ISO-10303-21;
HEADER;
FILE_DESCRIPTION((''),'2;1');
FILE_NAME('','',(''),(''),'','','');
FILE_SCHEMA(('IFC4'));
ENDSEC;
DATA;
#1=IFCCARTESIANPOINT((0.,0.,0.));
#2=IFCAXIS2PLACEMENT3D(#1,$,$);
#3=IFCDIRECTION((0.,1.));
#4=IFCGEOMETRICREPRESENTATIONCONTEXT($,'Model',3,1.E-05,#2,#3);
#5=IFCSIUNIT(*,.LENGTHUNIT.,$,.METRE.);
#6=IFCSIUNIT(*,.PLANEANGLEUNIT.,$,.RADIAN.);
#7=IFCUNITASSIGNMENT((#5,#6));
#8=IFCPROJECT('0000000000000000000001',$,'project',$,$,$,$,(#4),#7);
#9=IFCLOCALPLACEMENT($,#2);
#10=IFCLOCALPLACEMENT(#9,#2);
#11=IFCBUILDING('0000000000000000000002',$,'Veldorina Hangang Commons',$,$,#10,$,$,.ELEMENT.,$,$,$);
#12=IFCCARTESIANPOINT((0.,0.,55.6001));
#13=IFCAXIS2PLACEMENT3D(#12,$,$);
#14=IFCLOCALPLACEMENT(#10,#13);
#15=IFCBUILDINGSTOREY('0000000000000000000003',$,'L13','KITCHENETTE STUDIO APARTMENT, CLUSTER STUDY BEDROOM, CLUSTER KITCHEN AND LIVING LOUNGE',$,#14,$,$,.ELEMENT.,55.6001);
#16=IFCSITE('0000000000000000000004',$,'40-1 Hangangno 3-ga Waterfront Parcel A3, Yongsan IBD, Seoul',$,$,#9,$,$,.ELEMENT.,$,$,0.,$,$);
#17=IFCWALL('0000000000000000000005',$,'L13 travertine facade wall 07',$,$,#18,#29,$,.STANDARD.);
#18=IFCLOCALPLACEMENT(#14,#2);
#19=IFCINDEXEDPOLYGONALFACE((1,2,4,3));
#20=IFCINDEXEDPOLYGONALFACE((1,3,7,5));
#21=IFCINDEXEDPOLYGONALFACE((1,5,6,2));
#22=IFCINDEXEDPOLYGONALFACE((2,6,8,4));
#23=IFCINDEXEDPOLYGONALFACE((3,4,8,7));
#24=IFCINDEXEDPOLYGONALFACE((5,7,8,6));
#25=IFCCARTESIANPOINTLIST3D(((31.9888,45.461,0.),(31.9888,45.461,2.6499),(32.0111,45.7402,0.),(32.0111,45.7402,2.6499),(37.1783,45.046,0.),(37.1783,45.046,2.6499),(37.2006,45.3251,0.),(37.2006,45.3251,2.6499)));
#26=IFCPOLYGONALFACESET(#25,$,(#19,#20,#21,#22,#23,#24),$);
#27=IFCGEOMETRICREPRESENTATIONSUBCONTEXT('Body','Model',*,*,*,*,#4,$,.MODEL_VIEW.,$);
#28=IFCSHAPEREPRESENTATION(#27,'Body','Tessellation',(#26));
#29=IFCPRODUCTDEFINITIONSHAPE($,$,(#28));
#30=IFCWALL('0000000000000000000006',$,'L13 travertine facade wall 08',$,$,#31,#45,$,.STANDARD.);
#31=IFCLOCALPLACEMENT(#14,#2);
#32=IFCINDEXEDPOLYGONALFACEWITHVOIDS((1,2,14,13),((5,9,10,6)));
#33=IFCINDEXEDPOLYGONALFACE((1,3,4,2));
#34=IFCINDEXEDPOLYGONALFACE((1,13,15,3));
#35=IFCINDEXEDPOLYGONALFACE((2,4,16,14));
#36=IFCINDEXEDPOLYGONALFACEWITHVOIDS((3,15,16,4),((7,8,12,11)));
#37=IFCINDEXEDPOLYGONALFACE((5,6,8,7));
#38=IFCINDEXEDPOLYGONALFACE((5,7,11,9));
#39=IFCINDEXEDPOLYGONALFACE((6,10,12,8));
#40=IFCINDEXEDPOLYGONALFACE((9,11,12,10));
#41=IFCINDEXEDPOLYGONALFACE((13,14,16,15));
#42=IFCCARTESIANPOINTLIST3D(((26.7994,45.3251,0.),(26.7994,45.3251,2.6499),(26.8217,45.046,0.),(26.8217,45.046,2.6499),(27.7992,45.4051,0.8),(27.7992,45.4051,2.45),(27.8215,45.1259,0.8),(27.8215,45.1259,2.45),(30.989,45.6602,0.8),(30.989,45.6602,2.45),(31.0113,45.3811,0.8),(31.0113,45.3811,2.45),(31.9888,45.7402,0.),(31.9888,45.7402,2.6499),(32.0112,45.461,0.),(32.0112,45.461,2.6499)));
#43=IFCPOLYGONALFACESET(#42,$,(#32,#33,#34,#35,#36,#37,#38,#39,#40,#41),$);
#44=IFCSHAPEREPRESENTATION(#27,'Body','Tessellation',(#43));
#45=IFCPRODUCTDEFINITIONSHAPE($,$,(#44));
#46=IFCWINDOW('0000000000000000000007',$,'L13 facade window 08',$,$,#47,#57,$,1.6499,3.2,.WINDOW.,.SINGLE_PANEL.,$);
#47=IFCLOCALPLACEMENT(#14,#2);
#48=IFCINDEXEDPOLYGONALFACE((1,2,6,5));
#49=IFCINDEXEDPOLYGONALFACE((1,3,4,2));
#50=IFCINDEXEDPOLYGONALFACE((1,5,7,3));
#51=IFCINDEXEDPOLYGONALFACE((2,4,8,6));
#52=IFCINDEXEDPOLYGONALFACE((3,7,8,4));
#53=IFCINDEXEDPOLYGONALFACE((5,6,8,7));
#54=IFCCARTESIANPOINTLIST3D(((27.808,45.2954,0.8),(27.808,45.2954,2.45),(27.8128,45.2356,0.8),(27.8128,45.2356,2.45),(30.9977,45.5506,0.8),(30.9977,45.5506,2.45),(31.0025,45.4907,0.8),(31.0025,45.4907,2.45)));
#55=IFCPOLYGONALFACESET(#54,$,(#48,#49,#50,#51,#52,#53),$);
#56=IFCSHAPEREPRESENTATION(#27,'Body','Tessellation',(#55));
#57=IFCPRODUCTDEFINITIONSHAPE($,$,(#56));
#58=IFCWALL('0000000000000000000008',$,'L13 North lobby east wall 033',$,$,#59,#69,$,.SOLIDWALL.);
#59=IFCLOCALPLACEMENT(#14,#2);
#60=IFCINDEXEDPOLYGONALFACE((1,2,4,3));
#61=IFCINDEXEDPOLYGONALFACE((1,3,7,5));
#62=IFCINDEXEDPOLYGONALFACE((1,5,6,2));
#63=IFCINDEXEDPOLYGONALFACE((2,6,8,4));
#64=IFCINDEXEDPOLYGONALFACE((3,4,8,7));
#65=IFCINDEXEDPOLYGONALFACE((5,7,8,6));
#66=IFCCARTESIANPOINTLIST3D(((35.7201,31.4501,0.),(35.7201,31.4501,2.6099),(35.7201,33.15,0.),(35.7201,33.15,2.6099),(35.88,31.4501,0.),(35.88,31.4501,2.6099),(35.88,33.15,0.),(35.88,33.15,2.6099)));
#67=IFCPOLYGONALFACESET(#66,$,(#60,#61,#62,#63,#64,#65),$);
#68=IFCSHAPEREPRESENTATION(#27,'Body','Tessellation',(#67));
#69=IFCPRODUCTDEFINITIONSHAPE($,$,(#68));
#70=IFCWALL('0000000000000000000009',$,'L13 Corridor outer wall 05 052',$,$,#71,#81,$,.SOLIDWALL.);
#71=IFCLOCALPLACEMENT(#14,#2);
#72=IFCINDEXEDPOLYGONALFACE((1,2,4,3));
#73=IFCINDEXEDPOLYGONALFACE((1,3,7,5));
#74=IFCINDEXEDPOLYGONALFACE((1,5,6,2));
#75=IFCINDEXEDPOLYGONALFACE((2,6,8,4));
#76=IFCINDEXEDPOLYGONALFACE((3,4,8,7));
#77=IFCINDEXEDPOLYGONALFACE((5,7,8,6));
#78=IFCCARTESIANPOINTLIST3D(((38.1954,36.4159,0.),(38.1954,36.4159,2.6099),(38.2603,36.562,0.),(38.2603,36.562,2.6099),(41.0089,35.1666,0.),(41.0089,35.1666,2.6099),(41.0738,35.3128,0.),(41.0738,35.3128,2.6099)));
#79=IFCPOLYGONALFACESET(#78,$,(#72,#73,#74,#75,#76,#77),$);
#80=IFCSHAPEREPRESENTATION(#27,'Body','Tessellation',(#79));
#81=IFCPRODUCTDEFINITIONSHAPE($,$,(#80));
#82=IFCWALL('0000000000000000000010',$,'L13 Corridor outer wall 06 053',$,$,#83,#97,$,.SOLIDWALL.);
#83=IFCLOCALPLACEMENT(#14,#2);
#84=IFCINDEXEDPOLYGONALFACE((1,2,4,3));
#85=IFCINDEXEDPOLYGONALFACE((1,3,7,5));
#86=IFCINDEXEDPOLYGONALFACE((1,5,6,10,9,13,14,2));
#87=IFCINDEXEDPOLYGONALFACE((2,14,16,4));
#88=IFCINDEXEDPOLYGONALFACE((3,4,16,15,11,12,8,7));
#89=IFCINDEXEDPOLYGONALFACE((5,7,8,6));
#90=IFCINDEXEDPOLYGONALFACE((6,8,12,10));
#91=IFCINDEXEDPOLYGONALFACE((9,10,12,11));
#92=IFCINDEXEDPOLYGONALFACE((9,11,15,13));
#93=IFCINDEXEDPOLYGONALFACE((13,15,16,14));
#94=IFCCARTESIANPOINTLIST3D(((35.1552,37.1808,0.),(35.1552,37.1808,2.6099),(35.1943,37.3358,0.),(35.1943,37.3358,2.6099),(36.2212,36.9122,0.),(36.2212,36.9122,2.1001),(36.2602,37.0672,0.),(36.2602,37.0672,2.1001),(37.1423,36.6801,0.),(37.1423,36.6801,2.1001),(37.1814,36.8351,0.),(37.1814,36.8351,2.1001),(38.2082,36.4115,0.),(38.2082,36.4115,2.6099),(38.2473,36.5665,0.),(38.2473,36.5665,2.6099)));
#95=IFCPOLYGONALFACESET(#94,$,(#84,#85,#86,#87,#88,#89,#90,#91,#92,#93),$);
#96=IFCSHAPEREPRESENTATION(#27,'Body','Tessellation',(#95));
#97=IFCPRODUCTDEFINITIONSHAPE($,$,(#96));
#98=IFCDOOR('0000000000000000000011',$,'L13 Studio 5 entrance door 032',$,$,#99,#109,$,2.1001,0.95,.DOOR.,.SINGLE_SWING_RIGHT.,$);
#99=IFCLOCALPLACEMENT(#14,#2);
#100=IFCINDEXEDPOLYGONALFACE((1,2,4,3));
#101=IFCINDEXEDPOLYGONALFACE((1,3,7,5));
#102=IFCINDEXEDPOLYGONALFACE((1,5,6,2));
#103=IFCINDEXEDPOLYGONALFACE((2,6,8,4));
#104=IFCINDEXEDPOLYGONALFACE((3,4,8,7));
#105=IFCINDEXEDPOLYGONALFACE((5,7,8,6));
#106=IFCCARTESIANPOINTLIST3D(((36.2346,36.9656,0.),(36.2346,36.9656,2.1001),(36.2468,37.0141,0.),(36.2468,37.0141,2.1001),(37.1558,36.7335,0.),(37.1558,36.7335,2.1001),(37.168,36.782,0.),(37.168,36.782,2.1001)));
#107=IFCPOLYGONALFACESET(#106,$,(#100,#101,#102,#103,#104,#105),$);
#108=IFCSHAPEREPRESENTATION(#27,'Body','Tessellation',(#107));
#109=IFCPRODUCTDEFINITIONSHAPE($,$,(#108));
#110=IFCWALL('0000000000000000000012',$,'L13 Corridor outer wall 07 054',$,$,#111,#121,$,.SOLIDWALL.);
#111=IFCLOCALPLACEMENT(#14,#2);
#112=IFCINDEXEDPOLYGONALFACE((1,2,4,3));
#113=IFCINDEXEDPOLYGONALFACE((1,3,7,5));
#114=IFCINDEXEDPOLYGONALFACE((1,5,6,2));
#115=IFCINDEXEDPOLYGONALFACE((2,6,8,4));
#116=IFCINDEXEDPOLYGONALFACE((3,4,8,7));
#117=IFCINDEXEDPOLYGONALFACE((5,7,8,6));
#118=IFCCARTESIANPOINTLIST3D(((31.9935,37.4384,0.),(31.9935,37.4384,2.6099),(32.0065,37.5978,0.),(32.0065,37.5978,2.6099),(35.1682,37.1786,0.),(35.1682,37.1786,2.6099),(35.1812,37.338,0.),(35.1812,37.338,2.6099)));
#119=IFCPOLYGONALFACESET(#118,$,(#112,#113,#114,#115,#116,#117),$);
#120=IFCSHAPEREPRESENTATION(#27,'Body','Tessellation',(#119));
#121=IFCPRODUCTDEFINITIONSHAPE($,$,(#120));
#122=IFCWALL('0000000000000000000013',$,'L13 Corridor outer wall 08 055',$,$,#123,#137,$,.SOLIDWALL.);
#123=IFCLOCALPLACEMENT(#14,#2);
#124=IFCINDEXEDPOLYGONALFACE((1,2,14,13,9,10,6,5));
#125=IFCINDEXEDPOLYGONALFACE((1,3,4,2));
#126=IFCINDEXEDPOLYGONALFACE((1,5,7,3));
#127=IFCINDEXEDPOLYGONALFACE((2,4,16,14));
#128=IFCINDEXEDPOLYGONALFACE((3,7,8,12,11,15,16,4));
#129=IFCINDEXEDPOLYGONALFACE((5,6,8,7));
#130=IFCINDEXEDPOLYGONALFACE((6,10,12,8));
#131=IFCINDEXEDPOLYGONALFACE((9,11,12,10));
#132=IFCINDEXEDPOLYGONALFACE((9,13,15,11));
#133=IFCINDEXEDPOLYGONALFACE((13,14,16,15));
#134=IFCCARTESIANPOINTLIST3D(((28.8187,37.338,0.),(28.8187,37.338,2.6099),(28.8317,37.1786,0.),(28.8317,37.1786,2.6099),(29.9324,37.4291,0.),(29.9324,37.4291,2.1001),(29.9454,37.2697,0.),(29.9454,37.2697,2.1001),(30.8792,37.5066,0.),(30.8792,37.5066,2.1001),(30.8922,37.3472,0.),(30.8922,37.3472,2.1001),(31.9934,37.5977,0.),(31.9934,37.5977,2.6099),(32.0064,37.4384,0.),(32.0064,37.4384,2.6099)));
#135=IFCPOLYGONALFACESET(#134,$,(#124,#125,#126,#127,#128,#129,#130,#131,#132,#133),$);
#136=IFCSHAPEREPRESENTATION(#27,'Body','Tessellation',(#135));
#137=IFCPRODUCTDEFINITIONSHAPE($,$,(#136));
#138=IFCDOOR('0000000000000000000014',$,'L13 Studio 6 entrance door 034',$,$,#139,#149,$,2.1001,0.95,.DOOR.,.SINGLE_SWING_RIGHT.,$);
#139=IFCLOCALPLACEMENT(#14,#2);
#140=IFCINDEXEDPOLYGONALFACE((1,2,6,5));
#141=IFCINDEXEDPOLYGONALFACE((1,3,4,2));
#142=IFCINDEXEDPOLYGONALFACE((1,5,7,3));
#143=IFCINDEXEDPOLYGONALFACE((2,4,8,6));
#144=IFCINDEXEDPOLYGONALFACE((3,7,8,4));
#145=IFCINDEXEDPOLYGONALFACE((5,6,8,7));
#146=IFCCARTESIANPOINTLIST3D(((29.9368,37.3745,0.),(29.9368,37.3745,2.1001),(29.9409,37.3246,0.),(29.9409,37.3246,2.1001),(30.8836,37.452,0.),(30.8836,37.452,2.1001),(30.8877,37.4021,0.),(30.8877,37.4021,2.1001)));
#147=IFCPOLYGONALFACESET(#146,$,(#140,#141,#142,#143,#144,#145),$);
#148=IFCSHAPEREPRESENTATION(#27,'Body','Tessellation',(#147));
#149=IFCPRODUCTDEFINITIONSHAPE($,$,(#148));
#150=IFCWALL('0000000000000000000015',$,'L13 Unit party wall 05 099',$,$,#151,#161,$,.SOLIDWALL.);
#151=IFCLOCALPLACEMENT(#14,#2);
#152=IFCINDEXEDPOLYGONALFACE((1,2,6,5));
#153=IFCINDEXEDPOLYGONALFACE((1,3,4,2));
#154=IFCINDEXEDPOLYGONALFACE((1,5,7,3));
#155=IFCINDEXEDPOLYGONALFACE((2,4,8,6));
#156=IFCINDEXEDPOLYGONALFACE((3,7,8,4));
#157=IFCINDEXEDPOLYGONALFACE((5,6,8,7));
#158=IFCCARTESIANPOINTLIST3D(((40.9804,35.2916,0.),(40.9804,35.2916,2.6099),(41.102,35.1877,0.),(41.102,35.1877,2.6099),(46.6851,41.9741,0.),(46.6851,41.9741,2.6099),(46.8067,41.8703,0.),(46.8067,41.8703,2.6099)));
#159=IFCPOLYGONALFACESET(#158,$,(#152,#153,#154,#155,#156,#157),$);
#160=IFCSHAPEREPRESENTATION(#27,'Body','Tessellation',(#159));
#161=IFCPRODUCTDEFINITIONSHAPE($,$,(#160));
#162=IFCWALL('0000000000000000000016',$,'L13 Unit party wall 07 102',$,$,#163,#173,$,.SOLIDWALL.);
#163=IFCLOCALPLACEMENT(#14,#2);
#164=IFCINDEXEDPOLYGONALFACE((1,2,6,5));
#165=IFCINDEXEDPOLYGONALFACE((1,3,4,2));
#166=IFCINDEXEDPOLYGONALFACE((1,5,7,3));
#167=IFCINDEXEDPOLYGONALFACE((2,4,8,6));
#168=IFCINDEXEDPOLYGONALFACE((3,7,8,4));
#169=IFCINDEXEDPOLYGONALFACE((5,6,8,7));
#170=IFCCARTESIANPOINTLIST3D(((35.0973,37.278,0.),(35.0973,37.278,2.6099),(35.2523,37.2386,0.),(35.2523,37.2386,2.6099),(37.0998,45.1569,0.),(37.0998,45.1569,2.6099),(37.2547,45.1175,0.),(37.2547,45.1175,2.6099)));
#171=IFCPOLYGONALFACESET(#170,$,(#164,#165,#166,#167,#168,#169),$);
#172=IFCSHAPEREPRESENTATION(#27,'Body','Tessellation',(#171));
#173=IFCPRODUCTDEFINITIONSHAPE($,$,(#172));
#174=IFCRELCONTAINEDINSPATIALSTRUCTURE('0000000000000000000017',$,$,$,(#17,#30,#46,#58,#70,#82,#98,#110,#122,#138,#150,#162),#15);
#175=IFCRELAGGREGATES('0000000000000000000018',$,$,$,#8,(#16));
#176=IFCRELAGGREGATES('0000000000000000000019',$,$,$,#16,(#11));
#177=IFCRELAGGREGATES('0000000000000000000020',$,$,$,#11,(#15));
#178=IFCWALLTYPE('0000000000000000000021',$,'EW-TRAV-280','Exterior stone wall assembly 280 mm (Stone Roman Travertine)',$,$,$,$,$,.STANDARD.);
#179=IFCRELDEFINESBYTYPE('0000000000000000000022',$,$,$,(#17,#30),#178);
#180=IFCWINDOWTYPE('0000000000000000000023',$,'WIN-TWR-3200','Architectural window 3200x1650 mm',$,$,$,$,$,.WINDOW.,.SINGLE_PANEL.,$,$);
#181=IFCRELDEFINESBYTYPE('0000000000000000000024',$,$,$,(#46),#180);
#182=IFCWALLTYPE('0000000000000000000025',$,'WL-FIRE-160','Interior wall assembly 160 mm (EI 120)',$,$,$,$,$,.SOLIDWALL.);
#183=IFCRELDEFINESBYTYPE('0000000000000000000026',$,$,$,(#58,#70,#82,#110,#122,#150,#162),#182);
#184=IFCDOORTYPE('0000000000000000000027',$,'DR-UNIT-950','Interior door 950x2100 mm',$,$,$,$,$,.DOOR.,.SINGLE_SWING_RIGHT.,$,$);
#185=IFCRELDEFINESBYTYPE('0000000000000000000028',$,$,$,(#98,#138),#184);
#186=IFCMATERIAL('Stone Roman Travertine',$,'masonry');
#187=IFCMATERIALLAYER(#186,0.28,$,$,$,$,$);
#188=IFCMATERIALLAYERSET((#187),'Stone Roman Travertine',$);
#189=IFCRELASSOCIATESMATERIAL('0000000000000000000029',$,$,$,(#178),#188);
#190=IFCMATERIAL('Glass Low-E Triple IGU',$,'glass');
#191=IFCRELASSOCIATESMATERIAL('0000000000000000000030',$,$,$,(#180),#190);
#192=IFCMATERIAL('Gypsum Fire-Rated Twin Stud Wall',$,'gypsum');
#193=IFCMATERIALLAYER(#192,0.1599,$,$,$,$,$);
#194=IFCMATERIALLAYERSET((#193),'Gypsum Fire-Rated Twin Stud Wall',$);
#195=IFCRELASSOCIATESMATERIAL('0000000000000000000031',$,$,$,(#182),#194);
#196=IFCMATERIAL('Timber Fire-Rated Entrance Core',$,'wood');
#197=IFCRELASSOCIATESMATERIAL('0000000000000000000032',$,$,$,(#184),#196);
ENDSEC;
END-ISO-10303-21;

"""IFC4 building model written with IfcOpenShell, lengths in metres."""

from ifc_helpers import new_model, si_unit, direction, frame, frame_2d, origin, place, context, subcontext, project, spatial, rectangle, extrude, material, layer, layer_set, type_object, element, fill, save


model = new_model("IFC4")

# Units and contexts
model_context = context("Model", 3, precision=1e-05, world=origin(), true_north=direction((0.0, 1.0)))
body_context = subcontext(model_context, "Body", "Model", "MODEL_VIEW")
ifc_project = project(units=[si_unit("LENGTHUNIT", "METRE"), si_unit("PLANEANGLEUNIT", "RADIAN")], contexts=[model_context])

# Site, building, storey
site_placement = place(None, origin())
site = spatial("IfcSite", under=ifc_project, at=site_placement, Name="40-1 Hangangno 3-ga Waterfront Parcel A3, Yongsan IBD, Seoul", CompositionType="ELEMENT", RefElevation=0.0)
building_placement = place(site_placement, origin())
building = spatial("IfcBuilding", under=site, at=building_placement, Name="Veldorina Hangang Commons", CompositionType="ELEMENT")
storey_placement = place(building_placement, frame((0.0, 0.0, 55.6001)))
storey = spatial("IfcBuildingStorey", under=building, at=storey_placement, Name="L13", Description="KITCHENETTE STUDIO APARTMENT, CLUSTER STUDY BEDROOM, CLUSTER KITCHEN AND LIVING LOUNGE", CompositionType="ELEMENT", Elevation=55.6001)

# Shared definitions
ifc_material_1 = material(Name="Stone Roman Travertine", Category="masonry")
ifc_layer_1 = layer(ifc_material_1, 0.28)
ifc_layer_set_1 = layer_set([ifc_layer_1], Name="Stone Roman Travertine")
wall_type_1 = type_object("IfcWallType", Name="EW-TRAV-280", Description="Exterior stone wall assembly 280 mm (Stone Roman Travertine)", PredefinedType="STANDARD", material=ifc_layer_set_1)
ifc_material_2 = material(Name="Glass Low-E Triple IGU", Category="glass")
window_type = type_object("IfcWindowType", Name="WIN-TWR-3200", Description="Architectural window 3200x1650 mm", PartitioningType="SINGLE_PANEL", PredefinedType="WINDOW", material=ifc_material_2)

# Wall
wall_1_placement = place(storey_placement, frame((37.1895, 45.1855, 0.0), z_axis=(0.0, 0.0, 1.0), x_axis=(-0.996817, 0.079723, 0.0)))
element("IfcWall", 1, at=wall_1_placement, inside=storey, type_object=wall_type_1, Name="L13 travertine facade wall 07", PredefinedType="STANDARD", context=body_context, shape_type="SweptSolid", body=[
    extrude(rectangle(XDim=5.2061, YDim=0.28, at=frame_2d((2.603, 0.0))), origin(), (0.0, 0.0, 1.0), 2.6499),
])

# Wall, opening, window
wall_2_placement = place(storey_placement, frame((32.0, 45.6006, 0.0), z_axis=(0.0, 0.0, 1.0), x_axis=(-0.996817, -0.079723, 0.0)))
wall_2 = element("IfcWall", 2, at=wall_2_placement, inside=storey, type_object=wall_type_1, Name="L13 travertine facade wall 08", PredefinedType="STANDARD", context=body_context, shape_type="SweptSolid", body=[
    extrude(rectangle(XDim=5.2061, YDim=0.28, at=frame_2d((2.603, 0.0))), origin(), (0.0, 0.0, 1.0), 2.6499),
])
opening_1_placement = place(wall_2_placement, frame((1.0029, 0.0, 0.8)))
opening_1 = element("IfcOpeningElement", 3, at=opening_1_placement, cuts=wall_2, PredefinedType="OPENING", context=body_context, shape_type="SweptSolid", body=[
    extrude(rectangle(XDim=3.2, YDim=1.6499, at=frame_2d((1.6001, 0.825))), frame((0.0, 0.1499, 0.0), z_axis=(0.0, -1.0, 0.0), x_axis=(1.0, 0.0, 0.0)), (0.0, 0.0, 1.0), 0.3),
])
window_1_placement = place(opening_1_placement, origin())
window_1 = element("IfcWindow", 4, at=window_1_placement, inside=storey, type_object=window_type, Name="L13 facade window 08", OverallHeight=1.6499, OverallWidth=3.2, PartitioningType="SINGLE_PANEL", PredefinedType="WINDOW", context=body_context, shape_type="SweptSolid", body=[
    extrude(rectangle(XDim=3.2, YDim=1.6499, at=frame_2d((1.6001, 0.825))), frame((0.0, 0.03, 0.0), z_axis=(0.0, -1.0, 0.0), x_axis=(1.0, 0.0, 0.0)), (0.0, 0.0, 1.0), 0.0601),
])
fill(opening_1, window_1)

# Walls
ifc_material_3 = material(Name="Gypsum Fire-Rated Twin Stud Wall", Category="gypsum")
ifc_layer_2 = layer(ifc_material_3, 0.1599)
ifc_layer_set_2 = layer_set([ifc_layer_2], Name="Gypsum Fire-Rated Twin Stud Wall")
wall_type_2 = type_object("IfcWallType", Name="WL-FIRE-160", Description="Interior wall assembly 160 mm (EI 120)", PredefinedType="SOLIDWALL", material=ifc_layer_set_2)
wall_3_placement = place(storey_placement, frame((35.8, 31.45, 0.0), z_axis=(0.0, 0.0, 1.0), x_axis=(0.0, 1.0, 0.0)))
element("IfcWall", 5, at=wall_3_placement, inside=storey, type_object=wall_type_2, Name="L13 North lobby east wall 033", PredefinedType="SOLIDWALL", context=body_context, shape_type="SweptSolid", body=[
    extrude(rectangle(XDim=1.7, YDim=0.1599, at=frame_2d((0.8501, 0.0))), origin(), (0.0, 0.0, 1.0), 2.6099),
])
wall_4_placement = place(storey_placement, frame((41.0413, 35.2397, 0.0), z_axis=(0.0, 0.0, 1.0), x_axis=(-0.913952, 0.405822, 0.0)))
element("IfcWall", 6, at=wall_4_placement, inside=storey, type_object=wall_type_2, Name="L13 Corridor outer wall 05 052", PredefinedType="SOLIDWALL", context=body_context, shape_type="SweptSolid", body=[
    extrude(rectangle(XDim=3.0784, YDim=0.1599, at=frame_2d((1.5391, 0.0))), origin(), (0.0, 0.0, 1.0), 2.6099),
])

# Wall, opening, door
wall_5_placement = place(storey_placement, frame((38.2278, 36.489, 0.0), z_axis=(0.0, 0.0, 1.0), x_axis=(-0.969689, 0.244342, 0.0)))
wall_5 = element("IfcWall", 7, at=wall_5_placement, inside=storey, type_object=wall_type_2, Name="L13 Corridor outer wall 06 053", PredefinedType="SOLIDWALL", context=body_context, shape_type="SweptSolid", body=[
    extrude(rectangle(XDim=3.1484, YDim=0.1599, at=frame_2d((1.5742, 0.0))), origin(), (0.0, 0.0, 1.0), 2.6099),
])
opening_2_placement = place(wall_5_placement, frame((1.0991, 0.0, 0.0)))
opening_2 = element("IfcOpeningElement", 8, at=opening_2_placement, cuts=wall_5, PredefinedType="OPENING", context=body_context, shape_type="SweptSolid", body=[
    extrude(rectangle(XDim=0.95, YDim=2.1001, at=frame_2d((0.4751, 1.05))), frame((0.0, 0.0898, 0.0), z_axis=(0.0, -1.0, 0.0), x_axis=(1.0, 0.0, 0.0)), (0.0, 0.0, 1.0), 0.1799),
])
ifc_material_4 = material(Name="Timber Fire-Rated Entrance Core", Category="wood")
door_type_1 = type_object("IfcDoorType", Name="DR-UNIT-950", Description="Interior door 950x2100 mm", OperationType="SINGLE_SWING_RIGHT", PredefinedType="DOOR", material=ifc_material_4)
door_1_placement = place(opening_2_placement, origin())
door_1 = element("IfcDoor", 9, at=door_1_placement, inside=storey, type_object=door_type_1, Name="L13 Studio 5 entrance door 032", OperationType="SINGLE_SWING_RIGHT", OverallHeight=2.1001, OverallWidth=0.95, PredefinedType="DOOR", context=body_context, shape_type="SweptSolid", body=[
    extrude(rectangle(XDim=0.95, YDim=2.1001, at=frame_2d((0.4751, 1.05))), frame((0.0, 0.0249, 0.0), z_axis=(0.0, -1.0, 0.0), x_axis=(1.0, 0.0, 0.0)), (0.0, 0.0, 1.0), 0.05),
])
fill(opening_2, door_1)

# Wall
wall_6_placement = place(storey_placement, frame((35.1748, 37.2583, 0.0), z_axis=(0.0, 0.0, 1.0), x_axis=(-0.996669, 0.081548, 0.0)))
element("IfcWall", 10, at=wall_6_placement, inside=storey, type_object=wall_type_2, Name="L13 Corridor outer wall 07 054", PredefinedType="SOLIDWALL", context=body_context, shape_type="SweptSolid", body=[
    extrude(rectangle(XDim=3.1853, YDim=0.1599, at=frame_2d((1.5928, 0.0))), origin(), (0.0, 0.0, 1.0), 2.6099),
])

# Wall, opening, door
wall_7_placement = place(storey_placement, frame((32.0, 37.5181, 0.0), z_axis=(0.0, 0.0, 1.0), x_axis=(-0.996669, -0.081548, 0.0)))
wall_7 = element("IfcWall", 11, at=wall_7_placement, inside=storey, type_object=wall_type_2, Name="L13 Corridor outer wall 08 055", PredefinedType="SOLIDWALL", context=body_context, shape_type="SweptSolid", body=[
    extrude(rectangle(XDim=3.1853, YDim=0.1599, at=frame_2d((1.5928, 0.0))), origin(), (0.0, 0.0, 1.0), 2.6099),
])
opening_3_placement = place(wall_7_placement, frame((1.1179, 0.0, 0.0)))
opening_3 = element("IfcOpeningElement", 12, at=opening_3_placement, cuts=wall_7, PredefinedType="OPENING", context=body_context, shape_type="SweptSolid", body=[
    extrude(rectangle(XDim=0.95, YDim=2.1001, at=frame_2d((0.4751, 1.05))), frame((0.0, 0.0898, 0.0), z_axis=(0.0, -1.0, 0.0), x_axis=(1.0, 0.0, 0.0)), (0.0, 0.0, 1.0), 0.1799),
])
door_2_placement = place(opening_3_placement, origin())
door_2 = element("IfcDoor", 13, at=door_2_placement, inside=storey, type_object=door_type_1, Name="L13 Studio 6 entrance door 034", OperationType="SINGLE_SWING_RIGHT", OverallHeight=2.1001, OverallWidth=0.95, PredefinedType="DOOR", context=body_context, shape_type="SweptSolid", body=[
    extrude(rectangle(XDim=0.95, YDim=2.1001, at=frame_2d((0.4751, 1.05))), frame((0.0, 0.0249, 0.0), z_axis=(0.0, -1.0, 0.0), x_axis=(1.0, 0.0, 0.0)), (0.0, 0.0, 1.0), 0.05),
])
fill(opening_3, door_2)

# Walls
wall_8_placement = place(storey_placement, frame((41.0413, 35.2397, 0.0), z_axis=(0.0, 0.0, 1.0), x_axis=(0.649273, 0.760555, 0.0)))
element("IfcWall", 14, at=wall_8_placement, inside=storey, type_object=wall_type_2, Name="L13 Unit party wall 05 099", PredefinedType="SOLIDWALL", context=body_context, shape_type="SweptSolid", body=[
    extrude(rectangle(XDim=8.7864, YDim=0.1599, at=frame_2d((4.3931, 0.0))), origin(), (0.0, 0.0, 1.0), 2.6099),
])
wall_9_placement = place(storey_placement, frame((35.1748, 37.2583, 0.0), z_axis=(0.0, 0.0, 1.0), x_axis=(0.246321, 0.969188, 0.0)))
element("IfcWall", 15, at=wall_9_placement, inside=storey, type_object=wall_type_2, Name="L13 Unit party wall 07 102", PredefinedType="SOLIDWALL", context=body_context, shape_type="SweptSolid", body=[
    extrude(rectangle(XDim=8.1294, YDim=0.1599, at=frame_2d((4.0647, 0.0))), origin(), (0.0, 0.0, 1.0), 2.6099),
])

save(model, "model.ifc")
